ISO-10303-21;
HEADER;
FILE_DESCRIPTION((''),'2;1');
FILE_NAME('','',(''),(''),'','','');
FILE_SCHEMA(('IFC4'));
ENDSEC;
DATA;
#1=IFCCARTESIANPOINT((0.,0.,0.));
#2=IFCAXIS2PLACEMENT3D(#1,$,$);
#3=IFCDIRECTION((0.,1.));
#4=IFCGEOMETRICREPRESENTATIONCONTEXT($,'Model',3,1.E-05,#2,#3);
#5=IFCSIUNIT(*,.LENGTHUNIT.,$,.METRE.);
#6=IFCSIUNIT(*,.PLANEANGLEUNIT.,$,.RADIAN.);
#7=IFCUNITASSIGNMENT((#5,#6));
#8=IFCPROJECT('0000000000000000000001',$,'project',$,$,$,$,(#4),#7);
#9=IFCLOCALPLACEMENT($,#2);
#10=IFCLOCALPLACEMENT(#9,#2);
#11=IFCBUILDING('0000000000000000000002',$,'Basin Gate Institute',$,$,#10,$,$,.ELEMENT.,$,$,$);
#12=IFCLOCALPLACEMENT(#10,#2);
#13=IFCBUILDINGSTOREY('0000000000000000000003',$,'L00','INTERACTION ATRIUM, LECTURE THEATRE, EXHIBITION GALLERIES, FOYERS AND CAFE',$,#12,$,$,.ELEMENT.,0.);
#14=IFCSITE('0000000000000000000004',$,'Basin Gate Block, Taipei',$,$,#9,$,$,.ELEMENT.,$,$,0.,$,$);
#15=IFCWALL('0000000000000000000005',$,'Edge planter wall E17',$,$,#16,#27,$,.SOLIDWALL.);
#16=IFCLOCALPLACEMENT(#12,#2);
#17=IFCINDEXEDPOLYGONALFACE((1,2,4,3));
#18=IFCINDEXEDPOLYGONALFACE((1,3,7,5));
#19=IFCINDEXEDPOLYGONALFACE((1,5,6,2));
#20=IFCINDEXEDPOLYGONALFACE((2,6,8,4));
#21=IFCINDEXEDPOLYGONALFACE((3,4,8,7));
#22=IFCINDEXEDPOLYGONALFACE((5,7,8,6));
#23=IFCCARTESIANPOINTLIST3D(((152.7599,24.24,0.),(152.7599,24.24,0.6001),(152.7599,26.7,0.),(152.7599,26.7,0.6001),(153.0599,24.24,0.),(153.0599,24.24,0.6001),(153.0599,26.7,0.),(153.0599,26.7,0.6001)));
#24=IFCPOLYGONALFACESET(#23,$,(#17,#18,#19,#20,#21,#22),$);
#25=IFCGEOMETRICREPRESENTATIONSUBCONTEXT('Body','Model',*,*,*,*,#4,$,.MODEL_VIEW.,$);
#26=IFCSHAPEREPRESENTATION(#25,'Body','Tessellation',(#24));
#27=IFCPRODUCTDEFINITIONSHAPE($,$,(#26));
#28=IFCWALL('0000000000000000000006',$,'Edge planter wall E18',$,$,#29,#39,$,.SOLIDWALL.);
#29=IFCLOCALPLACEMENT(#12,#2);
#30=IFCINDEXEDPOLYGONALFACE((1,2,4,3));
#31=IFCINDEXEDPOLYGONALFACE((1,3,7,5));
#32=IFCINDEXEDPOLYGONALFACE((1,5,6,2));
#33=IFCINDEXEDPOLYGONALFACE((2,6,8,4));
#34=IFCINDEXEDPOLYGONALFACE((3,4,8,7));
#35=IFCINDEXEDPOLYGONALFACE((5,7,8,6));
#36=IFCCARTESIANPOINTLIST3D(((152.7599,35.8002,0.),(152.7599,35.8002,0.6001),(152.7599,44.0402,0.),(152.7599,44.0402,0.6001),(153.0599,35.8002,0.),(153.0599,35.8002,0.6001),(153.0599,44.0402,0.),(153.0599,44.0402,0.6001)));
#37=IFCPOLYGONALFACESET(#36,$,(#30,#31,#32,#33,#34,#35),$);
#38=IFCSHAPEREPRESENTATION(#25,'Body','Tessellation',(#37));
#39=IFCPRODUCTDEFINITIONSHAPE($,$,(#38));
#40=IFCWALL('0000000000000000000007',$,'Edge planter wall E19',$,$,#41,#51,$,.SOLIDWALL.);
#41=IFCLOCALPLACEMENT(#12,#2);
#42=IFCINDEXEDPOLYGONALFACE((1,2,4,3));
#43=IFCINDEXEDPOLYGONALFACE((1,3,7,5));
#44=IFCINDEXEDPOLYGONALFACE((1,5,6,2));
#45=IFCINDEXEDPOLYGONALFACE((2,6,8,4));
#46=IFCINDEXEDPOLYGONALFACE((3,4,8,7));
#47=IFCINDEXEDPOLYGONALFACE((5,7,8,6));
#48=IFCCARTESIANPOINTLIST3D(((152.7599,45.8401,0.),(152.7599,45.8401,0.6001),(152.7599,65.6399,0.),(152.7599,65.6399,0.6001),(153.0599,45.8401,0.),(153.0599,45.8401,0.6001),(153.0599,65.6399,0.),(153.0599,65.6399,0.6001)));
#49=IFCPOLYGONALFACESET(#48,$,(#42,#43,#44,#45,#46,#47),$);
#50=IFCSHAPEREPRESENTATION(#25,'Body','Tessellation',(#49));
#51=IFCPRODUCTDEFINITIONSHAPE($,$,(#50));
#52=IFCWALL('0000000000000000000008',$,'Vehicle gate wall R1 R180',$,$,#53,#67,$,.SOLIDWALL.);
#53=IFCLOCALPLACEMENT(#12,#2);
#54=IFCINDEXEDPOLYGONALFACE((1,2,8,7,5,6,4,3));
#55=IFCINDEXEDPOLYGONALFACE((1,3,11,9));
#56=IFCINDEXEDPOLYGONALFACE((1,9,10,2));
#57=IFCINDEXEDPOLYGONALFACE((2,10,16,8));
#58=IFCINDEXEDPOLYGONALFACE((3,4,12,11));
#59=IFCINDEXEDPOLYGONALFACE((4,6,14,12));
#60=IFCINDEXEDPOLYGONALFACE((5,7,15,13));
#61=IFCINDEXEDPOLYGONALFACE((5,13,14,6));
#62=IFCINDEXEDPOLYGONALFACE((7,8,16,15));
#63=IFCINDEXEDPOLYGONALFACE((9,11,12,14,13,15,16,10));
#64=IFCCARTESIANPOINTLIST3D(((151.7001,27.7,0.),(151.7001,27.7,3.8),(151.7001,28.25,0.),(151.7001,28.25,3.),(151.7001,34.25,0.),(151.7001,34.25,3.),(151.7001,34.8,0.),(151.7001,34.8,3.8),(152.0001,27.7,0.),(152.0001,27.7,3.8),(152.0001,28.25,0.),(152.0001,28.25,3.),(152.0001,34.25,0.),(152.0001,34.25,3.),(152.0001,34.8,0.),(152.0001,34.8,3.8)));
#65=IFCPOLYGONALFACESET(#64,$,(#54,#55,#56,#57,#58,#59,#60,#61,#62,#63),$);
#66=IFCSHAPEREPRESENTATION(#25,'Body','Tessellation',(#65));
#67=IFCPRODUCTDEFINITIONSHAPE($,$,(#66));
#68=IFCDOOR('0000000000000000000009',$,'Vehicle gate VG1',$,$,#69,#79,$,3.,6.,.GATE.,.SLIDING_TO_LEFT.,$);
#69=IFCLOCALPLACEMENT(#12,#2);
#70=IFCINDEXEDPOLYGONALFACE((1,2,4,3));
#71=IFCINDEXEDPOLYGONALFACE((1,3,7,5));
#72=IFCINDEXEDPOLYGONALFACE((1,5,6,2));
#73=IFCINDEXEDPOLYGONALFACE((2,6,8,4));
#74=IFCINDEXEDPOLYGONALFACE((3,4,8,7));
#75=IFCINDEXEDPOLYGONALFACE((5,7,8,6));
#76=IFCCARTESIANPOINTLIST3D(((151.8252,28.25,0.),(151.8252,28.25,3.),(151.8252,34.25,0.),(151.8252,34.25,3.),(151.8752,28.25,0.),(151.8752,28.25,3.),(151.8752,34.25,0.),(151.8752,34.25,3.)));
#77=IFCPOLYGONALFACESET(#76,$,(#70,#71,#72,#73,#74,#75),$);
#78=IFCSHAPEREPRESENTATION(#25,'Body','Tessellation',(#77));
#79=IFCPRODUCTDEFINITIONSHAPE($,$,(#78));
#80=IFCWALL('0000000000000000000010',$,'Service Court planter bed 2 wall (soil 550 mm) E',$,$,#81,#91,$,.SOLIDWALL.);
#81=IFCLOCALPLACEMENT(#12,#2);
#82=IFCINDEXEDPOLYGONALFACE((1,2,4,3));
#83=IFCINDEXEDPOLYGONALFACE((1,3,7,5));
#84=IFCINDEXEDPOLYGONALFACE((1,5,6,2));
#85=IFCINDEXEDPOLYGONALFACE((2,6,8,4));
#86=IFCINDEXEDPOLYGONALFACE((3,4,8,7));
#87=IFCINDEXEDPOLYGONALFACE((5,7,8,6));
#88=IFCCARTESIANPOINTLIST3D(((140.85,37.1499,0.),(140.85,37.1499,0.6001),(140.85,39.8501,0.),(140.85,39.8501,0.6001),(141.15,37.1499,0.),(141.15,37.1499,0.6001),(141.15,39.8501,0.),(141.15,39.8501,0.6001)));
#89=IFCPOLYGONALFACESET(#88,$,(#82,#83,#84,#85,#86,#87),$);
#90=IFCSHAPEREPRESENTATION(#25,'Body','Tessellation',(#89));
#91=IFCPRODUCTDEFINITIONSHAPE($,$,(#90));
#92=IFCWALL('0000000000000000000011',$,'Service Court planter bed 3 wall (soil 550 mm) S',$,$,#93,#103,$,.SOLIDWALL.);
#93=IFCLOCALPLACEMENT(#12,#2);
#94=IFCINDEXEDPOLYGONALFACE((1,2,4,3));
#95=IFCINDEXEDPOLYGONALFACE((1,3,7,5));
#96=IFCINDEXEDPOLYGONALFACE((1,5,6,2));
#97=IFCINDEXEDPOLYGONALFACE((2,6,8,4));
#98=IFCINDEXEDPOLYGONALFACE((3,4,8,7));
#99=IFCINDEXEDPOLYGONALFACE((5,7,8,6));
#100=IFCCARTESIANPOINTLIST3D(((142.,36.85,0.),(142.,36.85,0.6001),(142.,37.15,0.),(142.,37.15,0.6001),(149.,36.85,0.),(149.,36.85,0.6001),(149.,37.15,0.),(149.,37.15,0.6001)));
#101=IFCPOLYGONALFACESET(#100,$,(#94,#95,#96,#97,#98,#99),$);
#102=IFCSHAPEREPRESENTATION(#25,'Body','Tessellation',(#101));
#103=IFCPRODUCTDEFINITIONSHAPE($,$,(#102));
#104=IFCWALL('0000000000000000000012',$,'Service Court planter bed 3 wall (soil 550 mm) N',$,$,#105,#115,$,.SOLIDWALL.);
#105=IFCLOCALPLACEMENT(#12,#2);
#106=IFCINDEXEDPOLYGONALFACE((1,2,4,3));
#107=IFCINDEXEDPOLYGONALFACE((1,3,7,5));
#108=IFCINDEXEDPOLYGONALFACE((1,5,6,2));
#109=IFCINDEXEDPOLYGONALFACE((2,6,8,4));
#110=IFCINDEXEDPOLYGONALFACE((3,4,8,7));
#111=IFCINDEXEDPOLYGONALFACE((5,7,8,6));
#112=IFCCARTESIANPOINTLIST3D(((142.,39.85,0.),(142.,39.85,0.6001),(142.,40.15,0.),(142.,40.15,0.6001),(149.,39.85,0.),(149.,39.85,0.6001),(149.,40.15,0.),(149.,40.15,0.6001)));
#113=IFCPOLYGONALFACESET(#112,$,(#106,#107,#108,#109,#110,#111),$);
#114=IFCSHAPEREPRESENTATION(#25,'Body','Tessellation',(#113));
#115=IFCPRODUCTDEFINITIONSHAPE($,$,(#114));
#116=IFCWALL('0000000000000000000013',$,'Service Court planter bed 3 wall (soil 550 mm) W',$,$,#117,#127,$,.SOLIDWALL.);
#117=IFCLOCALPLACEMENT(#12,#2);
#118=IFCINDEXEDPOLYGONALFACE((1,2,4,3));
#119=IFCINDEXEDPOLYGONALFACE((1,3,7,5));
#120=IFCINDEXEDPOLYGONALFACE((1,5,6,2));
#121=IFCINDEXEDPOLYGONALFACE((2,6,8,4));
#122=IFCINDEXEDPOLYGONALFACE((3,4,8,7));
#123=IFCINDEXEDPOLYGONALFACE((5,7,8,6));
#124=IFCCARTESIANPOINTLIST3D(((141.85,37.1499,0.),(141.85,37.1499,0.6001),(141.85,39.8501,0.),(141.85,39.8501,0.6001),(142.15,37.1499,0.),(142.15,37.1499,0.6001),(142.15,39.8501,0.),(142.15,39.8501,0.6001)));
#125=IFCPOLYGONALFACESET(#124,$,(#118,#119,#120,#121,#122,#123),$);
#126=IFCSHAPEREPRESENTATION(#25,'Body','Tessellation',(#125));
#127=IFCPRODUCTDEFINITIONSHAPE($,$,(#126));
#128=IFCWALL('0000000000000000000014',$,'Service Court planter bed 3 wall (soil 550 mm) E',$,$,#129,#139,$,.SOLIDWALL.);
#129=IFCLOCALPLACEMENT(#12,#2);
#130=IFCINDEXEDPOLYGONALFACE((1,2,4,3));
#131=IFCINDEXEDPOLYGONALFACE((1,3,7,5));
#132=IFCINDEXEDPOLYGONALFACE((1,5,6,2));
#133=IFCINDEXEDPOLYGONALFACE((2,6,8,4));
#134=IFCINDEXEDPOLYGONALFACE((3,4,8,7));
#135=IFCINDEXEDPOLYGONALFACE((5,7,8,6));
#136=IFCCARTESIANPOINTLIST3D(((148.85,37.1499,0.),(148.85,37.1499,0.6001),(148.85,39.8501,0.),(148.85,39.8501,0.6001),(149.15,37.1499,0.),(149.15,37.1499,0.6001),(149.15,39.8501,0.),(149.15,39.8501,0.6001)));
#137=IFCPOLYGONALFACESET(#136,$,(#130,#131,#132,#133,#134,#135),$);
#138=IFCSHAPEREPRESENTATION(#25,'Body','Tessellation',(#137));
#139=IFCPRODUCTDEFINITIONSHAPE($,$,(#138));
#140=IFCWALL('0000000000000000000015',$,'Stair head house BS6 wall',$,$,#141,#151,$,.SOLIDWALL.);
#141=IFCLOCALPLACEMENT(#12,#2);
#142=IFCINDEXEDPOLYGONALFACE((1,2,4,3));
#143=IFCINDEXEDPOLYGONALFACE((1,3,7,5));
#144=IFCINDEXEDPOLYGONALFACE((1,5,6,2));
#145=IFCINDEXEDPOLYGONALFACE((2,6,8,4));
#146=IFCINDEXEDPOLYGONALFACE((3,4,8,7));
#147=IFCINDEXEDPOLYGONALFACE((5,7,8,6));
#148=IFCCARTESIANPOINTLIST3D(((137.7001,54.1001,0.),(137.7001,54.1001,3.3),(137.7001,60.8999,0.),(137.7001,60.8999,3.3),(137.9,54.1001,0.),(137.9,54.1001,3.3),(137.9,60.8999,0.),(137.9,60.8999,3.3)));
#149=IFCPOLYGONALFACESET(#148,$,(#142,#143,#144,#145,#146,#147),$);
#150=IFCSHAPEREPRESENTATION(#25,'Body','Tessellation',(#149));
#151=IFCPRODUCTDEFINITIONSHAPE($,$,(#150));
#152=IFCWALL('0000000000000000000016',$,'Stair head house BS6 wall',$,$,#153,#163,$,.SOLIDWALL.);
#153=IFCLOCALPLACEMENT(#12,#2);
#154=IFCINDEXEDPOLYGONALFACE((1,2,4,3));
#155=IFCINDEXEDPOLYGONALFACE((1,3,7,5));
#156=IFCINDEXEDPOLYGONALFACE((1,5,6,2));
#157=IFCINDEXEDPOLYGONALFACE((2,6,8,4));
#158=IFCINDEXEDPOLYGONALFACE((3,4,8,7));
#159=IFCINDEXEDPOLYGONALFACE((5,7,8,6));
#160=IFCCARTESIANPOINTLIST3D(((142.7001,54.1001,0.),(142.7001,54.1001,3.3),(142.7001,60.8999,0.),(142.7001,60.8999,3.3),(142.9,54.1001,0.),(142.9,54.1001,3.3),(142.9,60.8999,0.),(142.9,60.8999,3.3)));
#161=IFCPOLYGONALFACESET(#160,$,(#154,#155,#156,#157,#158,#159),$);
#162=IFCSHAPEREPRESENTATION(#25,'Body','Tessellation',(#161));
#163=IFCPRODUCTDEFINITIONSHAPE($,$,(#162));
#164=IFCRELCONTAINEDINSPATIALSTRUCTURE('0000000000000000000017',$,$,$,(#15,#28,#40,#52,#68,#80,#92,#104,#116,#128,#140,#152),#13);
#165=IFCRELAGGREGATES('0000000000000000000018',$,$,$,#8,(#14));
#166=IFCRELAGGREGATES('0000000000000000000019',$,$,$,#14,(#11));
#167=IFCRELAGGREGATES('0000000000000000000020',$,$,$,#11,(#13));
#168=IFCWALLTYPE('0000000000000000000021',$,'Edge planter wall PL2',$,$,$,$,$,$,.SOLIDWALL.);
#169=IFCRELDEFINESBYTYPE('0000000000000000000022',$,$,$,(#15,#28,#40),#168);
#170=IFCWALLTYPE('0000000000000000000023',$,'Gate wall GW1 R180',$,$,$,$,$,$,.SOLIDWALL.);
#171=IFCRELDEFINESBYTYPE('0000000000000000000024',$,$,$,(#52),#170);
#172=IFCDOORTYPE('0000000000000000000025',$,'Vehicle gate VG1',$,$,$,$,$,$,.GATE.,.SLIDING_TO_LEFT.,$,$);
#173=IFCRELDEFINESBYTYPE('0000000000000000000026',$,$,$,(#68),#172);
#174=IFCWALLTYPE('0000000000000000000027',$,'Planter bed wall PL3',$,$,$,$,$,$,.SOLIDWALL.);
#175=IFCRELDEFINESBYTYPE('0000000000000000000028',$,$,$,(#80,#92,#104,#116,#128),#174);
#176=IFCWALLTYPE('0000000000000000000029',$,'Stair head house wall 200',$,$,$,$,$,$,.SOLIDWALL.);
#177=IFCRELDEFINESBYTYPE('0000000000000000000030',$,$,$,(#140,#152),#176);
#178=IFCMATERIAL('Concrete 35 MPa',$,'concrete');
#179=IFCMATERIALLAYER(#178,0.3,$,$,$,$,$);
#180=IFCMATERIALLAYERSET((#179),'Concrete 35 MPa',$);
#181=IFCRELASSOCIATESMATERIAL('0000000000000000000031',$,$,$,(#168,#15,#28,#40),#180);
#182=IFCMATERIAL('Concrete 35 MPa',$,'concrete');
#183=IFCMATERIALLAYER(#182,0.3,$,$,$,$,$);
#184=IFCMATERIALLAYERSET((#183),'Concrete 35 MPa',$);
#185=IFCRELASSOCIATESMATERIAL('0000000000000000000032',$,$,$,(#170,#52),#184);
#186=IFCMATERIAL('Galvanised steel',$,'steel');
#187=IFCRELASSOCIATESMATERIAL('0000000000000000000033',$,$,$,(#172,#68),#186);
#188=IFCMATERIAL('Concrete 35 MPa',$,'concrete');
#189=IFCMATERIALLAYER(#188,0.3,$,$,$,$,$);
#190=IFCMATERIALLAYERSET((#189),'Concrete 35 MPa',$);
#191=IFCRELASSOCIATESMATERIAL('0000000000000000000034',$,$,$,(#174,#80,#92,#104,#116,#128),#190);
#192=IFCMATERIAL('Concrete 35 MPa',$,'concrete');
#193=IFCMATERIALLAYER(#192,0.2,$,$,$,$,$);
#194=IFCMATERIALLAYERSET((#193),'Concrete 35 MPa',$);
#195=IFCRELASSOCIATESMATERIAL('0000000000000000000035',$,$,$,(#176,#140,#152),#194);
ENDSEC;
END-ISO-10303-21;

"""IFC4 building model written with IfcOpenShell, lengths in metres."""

from ifc_helpers import new_model, si_unit, direction, frame, frame_2d, origin, place, context, subcontext, project, spatial, rectangle, extrude, material, layer, layer_set, type_object, element, fill, save


model = new_model("IFC4")

# Units and contexts
model_context = context("Model", 3, precision=1e-05, world=origin(), true_north=direction((0.0, 1.0)))
body_context = subcontext(model_context, "Body", "Model", "MODEL_VIEW")
ifc_project = project(units=[si_unit("LENGTHUNIT", "METRE"), si_unit("PLANEANGLEUNIT", "RADIAN")], contexts=[model_context])

# Site, building, storey
site_placement = place(None, origin())
site = spatial("IfcSite", under=ifc_project, at=site_placement, Name="Basin Gate Block, Taipei", CompositionType="ELEMENT", RefElevation=0.0)
building_placement = place(site_placement, origin())
building = spatial("IfcBuilding", under=site, at=building_placement, Name="Basin Gate Institute", CompositionType="ELEMENT")
storey_placement = place(building_placement, origin())
storey = spatial("IfcBuildingStorey", under=building, at=storey_placement, Name="L00", Description="INTERACTION ATRIUM, LECTURE THEATRE, EXHIBITION GALLERIES, FOYERS AND CAFE", CompositionType="ELEMENT", Elevation=0.0)

# Walls
ifc_material_1 = material(Name="Concrete 35 MPa", Category="concrete")
ifc_layer_1 = layer(ifc_material_1, 0.3)
ifc_layer_set_1 = layer_set([ifc_layer_1], Name="Concrete 35 MPa")
wall_type_1 = type_object("IfcWallType", Name="Edge planter wall PL2", PredefinedType="SOLIDWALL", material=ifc_layer_set_1)
wall_1_placement = place(storey_placement, frame((152.9099, 24.24, 0.0), z_axis=(0.0, 0.0, 1.0), x_axis=(0.0, 1.0, 0.0)))
element("IfcWall", 1, at=wall_1_placement, inside=storey, type_object=wall_type_1, material=ifc_layer_set_1, Name="Edge planter wall E17", PredefinedType="SOLIDWALL", context=body_context, shape_type="SweptSolid", body=[
    extrude(rectangle(XDim=2.46, YDim=0.3, at=frame_2d((1.23, 0.0))), origin(), (0.0, 0.0, 1.0), 0.6001),
])
wall_2_placement = place(storey_placement, frame((152.9099, 35.8, 0.0), z_axis=(0.0, 0.0, 1.0), x_axis=(0.0, 1.0, 0.0)))
element("IfcWall", 2, at=wall_2_placement, inside=storey, type_object=wall_type_1, material=ifc_layer_set_1, Name="Edge planter wall E18", PredefinedType="SOLIDWALL", context=body_context, shape_type="SweptSolid", body=[
    extrude(rectangle(XDim=8.24, YDim=0.3, at=frame_2d((4.1201, 0.0))), origin(), (0.0, 0.0, 1.0), 0.6001),
])
wall_3_placement = place(storey_placement, frame((152.9099, 45.8401, 0.0), z_axis=(0.0, 0.0, 1.0), x_axis=(0.0, 1.0, 0.0)))
element("IfcWall", 3, at=wall_3_placement, inside=storey, type_object=wall_type_1, material=ifc_layer_set_1, Name="Edge planter wall E19", PredefinedType="SOLIDWALL", context=body_context, shape_type="SweptSolid", body=[
    extrude(rectangle(XDim=19.7998, YDim=0.3, at=frame_2d((9.8999, 0.0))), origin(), (0.0, 0.0, 1.0), 0.6001),
])

# Wall, opening, door
ifc_material_2 = material(Name="Concrete 35 MPa", Category="concrete")
ifc_layer_2 = layer(ifc_material_2, 0.3)
ifc_layer_set_2 = layer_set([ifc_layer_2], Name="Concrete 35 MPa")
wall_type_2 = type_object("IfcWallType", Name="Gate wall GW1 R180", PredefinedType="SOLIDWALL", material=ifc_layer_set_2)
wall_4_placement = place(storey_placement, frame((151.8501, 27.7, 0.0), z_axis=(0.0, 0.0, 1.0), x_axis=(0.0, 1.0, 0.0)))
wall_4 = element("IfcWall", 4, at=wall_4_placement, inside=storey, type_object=wall_type_2, material=ifc_layer_set_2, Name="Vehicle gate wall R1 R180", PredefinedType="SOLIDWALL", context=body_context, shape_type="SweptSolid", body=[
    extrude(rectangle(XDim=7.1001, YDim=0.3, at=frame_2d((3.55, 0.0))), origin(), (0.0, 0.0, 1.0), 3.8),
])
opening_placement = place(wall_4_placement, frame((0.55, 0.0, 0.0)))
opening = element("IfcOpeningElement", 5, at=opening_placement, cuts=wall_4, PredefinedType="OPENING", context=body_context, shape_type="SweptSolid", body=[
    extrude(rectangle(XDim=6.0, YDim=3.0, at=frame_2d((3.0, 1.5))), frame((0.0, 0.1602, 0.0), z_axis=(0.0, -1.0, 0.0), x_axis=(1.0, 0.0, 0.0)), (0.0, 0.0, 1.0), 0.3201),
])
ifc_material_3 = material(Name="Galvanised steel", Category="steel")
door_type = type_object("IfcDoorType", Name="Vehicle gate VG1", OperationType="SLIDING_TO_LEFT", PredefinedType="GATE", material=ifc_material_3)
door_placement = place(opening_placement, origin())
door = element("IfcDoor", 6, at=door_placement, inside=storey, type_object=door_type, material=ifc_material_3, Name="Vehicle gate VG1", OperationType="SLIDING_TO_LEFT", OverallHeight=3.0, OverallWidth=6.0, PredefinedType="GATE", context=body_context, shape_type="SweptSolid", body=[
    extrude(rectangle(XDim=6.0, YDim=3.0, at=frame_2d((3.0, 1.5))), frame((0.0, 0.0249, 0.0), z_axis=(0.0, -1.0, 0.0), x_axis=(1.0, 0.0, 0.0)), (0.0, 0.0, 1.0), 0.05),
])
fill(opening, door)

# Walls
ifc_material_4 = material(Name="Concrete 35 MPa", Category="concrete")
ifc_layer_3 = layer(ifc_material_4, 0.3)
ifc_layer_set_3 = layer_set([ifc_layer_3], Name="Concrete 35 MPa")
wall_type_3 = type_object("IfcWallType", Name="Planter bed wall PL3", PredefinedType="SOLIDWALL", material=ifc_layer_set_3)
wall_5_placement = place(storey_placement, frame((141.0, 37.1499, 0.0), z_axis=(0.0, 0.0, 1.0), x_axis=(0.0, 1.0, 0.0)))
element("IfcWall", 7, at=wall_5_placement, inside=storey, type_object=wall_type_3, material=ifc_layer_set_3, Name="Service Court planter bed 2 wall (soil 550 mm) E", PredefinedType="SOLIDWALL", context=body_context, shape_type="SweptSolid", body=[
    extrude(rectangle(XDim=2.7002, YDim=0.3, at=frame_2d((1.3501, 0.0))), origin(), (0.0, 0.0, 1.0), 0.6001),
])
for number, where, z_axis, x_axis, name in (
    (8, (142.0, 37.0, 0.0), (0.0, 0.0, 1.0), (1.0, 0.0, 0.0), "Service Court planter bed 3 wall (soil 550 mm) S"),
    (9, (142.0, 40.0, 0.0), (0.0, 0.0, 1.0), (1.0, 0.0, 0.0), "Service Court planter bed 3 wall (soil 550 mm) N"),
):
    element("IfcWall", number, at=place(storey_placement, frame(where, z_axis=z_axis, x_axis=x_axis)), inside=storey, type_object=wall_type_3, material=ifc_layer_set_3, Name=name, PredefinedType="SOLIDWALL", context=body_context, shape_type="SweptSolid", body=[
        extrude(rectangle(XDim=7.0, YDim=0.3, at=frame_2d((3.5, 0.0))), origin(), (0.0, 0.0, 1.0), 0.6001),
    ])
for number, where, z_axis, x_axis, name in (
    (10, (142.0, 37.1499, 0.0), (0.0, 0.0, 1.0), (0.0, 1.0, 0.0), "Service Court planter bed 3 wall (soil 550 mm) W"),
    (11, (149.0, 37.1499, 0.0), (0.0, 0.0, 1.0), (0.0, 1.0, 0.0), "Service Court planter bed 3 wall (soil 550 mm) E"),
):
    element("IfcWall", number, at=place(storey_placement, frame(where, z_axis=z_axis, x_axis=x_axis)), inside=storey, type_object=wall_type_3, material=ifc_layer_set_3, Name=name, PredefinedType="SOLIDWALL", context=body_context, shape_type="SweptSolid", body=[
        extrude(rectangle(XDim=2.7002, YDim=0.3, at=frame_2d((1.3501, 0.0))), origin(), (0.0, 0.0, 1.0), 0.6001),
    ])
ifc_material_5 = material(Name="Concrete 35 MPa", Category="concrete")
ifc_layer_4 = layer(ifc_material_5, 0.2)
ifc_layer_set_4 = layer_set([ifc_layer_4], Name="Concrete 35 MPa")
wall_type_4 = type_object("IfcWallType", Name="Stair head house wall 200", PredefinedType="SOLIDWALL", material=ifc_layer_set_4)
for number, where, z_axis, x_axis, name in (
    (12, (137.8, 54.1001, 0.0), (0.0, 0.0, 1.0), (0.0, 1.0, 0.0), "Stair head house BS6 wall"),
    (13, (142.8, 54.1001, 0.0), (0.0, 0.0, 1.0), (0.0, 1.0, 0.0), "Stair head house BS6 wall"),
):
    element("IfcWall", number, at=place(storey_placement, frame(where, z_axis=z_axis, x_axis=x_axis)), inside=storey, type_object=wall_type_4, material=ifc_layer_set_4, Name=name, PredefinedType="SOLIDWALL", context=body_context, shape_type="SweptSolid", body=[
        extrude(rectangle(XDim=6.7998, YDim=0.2, at=frame_2d((3.3999, 0.0))), origin(), (0.0, 0.0, 1.0), 3.3),
    ])

save(model, "model.ifc")
